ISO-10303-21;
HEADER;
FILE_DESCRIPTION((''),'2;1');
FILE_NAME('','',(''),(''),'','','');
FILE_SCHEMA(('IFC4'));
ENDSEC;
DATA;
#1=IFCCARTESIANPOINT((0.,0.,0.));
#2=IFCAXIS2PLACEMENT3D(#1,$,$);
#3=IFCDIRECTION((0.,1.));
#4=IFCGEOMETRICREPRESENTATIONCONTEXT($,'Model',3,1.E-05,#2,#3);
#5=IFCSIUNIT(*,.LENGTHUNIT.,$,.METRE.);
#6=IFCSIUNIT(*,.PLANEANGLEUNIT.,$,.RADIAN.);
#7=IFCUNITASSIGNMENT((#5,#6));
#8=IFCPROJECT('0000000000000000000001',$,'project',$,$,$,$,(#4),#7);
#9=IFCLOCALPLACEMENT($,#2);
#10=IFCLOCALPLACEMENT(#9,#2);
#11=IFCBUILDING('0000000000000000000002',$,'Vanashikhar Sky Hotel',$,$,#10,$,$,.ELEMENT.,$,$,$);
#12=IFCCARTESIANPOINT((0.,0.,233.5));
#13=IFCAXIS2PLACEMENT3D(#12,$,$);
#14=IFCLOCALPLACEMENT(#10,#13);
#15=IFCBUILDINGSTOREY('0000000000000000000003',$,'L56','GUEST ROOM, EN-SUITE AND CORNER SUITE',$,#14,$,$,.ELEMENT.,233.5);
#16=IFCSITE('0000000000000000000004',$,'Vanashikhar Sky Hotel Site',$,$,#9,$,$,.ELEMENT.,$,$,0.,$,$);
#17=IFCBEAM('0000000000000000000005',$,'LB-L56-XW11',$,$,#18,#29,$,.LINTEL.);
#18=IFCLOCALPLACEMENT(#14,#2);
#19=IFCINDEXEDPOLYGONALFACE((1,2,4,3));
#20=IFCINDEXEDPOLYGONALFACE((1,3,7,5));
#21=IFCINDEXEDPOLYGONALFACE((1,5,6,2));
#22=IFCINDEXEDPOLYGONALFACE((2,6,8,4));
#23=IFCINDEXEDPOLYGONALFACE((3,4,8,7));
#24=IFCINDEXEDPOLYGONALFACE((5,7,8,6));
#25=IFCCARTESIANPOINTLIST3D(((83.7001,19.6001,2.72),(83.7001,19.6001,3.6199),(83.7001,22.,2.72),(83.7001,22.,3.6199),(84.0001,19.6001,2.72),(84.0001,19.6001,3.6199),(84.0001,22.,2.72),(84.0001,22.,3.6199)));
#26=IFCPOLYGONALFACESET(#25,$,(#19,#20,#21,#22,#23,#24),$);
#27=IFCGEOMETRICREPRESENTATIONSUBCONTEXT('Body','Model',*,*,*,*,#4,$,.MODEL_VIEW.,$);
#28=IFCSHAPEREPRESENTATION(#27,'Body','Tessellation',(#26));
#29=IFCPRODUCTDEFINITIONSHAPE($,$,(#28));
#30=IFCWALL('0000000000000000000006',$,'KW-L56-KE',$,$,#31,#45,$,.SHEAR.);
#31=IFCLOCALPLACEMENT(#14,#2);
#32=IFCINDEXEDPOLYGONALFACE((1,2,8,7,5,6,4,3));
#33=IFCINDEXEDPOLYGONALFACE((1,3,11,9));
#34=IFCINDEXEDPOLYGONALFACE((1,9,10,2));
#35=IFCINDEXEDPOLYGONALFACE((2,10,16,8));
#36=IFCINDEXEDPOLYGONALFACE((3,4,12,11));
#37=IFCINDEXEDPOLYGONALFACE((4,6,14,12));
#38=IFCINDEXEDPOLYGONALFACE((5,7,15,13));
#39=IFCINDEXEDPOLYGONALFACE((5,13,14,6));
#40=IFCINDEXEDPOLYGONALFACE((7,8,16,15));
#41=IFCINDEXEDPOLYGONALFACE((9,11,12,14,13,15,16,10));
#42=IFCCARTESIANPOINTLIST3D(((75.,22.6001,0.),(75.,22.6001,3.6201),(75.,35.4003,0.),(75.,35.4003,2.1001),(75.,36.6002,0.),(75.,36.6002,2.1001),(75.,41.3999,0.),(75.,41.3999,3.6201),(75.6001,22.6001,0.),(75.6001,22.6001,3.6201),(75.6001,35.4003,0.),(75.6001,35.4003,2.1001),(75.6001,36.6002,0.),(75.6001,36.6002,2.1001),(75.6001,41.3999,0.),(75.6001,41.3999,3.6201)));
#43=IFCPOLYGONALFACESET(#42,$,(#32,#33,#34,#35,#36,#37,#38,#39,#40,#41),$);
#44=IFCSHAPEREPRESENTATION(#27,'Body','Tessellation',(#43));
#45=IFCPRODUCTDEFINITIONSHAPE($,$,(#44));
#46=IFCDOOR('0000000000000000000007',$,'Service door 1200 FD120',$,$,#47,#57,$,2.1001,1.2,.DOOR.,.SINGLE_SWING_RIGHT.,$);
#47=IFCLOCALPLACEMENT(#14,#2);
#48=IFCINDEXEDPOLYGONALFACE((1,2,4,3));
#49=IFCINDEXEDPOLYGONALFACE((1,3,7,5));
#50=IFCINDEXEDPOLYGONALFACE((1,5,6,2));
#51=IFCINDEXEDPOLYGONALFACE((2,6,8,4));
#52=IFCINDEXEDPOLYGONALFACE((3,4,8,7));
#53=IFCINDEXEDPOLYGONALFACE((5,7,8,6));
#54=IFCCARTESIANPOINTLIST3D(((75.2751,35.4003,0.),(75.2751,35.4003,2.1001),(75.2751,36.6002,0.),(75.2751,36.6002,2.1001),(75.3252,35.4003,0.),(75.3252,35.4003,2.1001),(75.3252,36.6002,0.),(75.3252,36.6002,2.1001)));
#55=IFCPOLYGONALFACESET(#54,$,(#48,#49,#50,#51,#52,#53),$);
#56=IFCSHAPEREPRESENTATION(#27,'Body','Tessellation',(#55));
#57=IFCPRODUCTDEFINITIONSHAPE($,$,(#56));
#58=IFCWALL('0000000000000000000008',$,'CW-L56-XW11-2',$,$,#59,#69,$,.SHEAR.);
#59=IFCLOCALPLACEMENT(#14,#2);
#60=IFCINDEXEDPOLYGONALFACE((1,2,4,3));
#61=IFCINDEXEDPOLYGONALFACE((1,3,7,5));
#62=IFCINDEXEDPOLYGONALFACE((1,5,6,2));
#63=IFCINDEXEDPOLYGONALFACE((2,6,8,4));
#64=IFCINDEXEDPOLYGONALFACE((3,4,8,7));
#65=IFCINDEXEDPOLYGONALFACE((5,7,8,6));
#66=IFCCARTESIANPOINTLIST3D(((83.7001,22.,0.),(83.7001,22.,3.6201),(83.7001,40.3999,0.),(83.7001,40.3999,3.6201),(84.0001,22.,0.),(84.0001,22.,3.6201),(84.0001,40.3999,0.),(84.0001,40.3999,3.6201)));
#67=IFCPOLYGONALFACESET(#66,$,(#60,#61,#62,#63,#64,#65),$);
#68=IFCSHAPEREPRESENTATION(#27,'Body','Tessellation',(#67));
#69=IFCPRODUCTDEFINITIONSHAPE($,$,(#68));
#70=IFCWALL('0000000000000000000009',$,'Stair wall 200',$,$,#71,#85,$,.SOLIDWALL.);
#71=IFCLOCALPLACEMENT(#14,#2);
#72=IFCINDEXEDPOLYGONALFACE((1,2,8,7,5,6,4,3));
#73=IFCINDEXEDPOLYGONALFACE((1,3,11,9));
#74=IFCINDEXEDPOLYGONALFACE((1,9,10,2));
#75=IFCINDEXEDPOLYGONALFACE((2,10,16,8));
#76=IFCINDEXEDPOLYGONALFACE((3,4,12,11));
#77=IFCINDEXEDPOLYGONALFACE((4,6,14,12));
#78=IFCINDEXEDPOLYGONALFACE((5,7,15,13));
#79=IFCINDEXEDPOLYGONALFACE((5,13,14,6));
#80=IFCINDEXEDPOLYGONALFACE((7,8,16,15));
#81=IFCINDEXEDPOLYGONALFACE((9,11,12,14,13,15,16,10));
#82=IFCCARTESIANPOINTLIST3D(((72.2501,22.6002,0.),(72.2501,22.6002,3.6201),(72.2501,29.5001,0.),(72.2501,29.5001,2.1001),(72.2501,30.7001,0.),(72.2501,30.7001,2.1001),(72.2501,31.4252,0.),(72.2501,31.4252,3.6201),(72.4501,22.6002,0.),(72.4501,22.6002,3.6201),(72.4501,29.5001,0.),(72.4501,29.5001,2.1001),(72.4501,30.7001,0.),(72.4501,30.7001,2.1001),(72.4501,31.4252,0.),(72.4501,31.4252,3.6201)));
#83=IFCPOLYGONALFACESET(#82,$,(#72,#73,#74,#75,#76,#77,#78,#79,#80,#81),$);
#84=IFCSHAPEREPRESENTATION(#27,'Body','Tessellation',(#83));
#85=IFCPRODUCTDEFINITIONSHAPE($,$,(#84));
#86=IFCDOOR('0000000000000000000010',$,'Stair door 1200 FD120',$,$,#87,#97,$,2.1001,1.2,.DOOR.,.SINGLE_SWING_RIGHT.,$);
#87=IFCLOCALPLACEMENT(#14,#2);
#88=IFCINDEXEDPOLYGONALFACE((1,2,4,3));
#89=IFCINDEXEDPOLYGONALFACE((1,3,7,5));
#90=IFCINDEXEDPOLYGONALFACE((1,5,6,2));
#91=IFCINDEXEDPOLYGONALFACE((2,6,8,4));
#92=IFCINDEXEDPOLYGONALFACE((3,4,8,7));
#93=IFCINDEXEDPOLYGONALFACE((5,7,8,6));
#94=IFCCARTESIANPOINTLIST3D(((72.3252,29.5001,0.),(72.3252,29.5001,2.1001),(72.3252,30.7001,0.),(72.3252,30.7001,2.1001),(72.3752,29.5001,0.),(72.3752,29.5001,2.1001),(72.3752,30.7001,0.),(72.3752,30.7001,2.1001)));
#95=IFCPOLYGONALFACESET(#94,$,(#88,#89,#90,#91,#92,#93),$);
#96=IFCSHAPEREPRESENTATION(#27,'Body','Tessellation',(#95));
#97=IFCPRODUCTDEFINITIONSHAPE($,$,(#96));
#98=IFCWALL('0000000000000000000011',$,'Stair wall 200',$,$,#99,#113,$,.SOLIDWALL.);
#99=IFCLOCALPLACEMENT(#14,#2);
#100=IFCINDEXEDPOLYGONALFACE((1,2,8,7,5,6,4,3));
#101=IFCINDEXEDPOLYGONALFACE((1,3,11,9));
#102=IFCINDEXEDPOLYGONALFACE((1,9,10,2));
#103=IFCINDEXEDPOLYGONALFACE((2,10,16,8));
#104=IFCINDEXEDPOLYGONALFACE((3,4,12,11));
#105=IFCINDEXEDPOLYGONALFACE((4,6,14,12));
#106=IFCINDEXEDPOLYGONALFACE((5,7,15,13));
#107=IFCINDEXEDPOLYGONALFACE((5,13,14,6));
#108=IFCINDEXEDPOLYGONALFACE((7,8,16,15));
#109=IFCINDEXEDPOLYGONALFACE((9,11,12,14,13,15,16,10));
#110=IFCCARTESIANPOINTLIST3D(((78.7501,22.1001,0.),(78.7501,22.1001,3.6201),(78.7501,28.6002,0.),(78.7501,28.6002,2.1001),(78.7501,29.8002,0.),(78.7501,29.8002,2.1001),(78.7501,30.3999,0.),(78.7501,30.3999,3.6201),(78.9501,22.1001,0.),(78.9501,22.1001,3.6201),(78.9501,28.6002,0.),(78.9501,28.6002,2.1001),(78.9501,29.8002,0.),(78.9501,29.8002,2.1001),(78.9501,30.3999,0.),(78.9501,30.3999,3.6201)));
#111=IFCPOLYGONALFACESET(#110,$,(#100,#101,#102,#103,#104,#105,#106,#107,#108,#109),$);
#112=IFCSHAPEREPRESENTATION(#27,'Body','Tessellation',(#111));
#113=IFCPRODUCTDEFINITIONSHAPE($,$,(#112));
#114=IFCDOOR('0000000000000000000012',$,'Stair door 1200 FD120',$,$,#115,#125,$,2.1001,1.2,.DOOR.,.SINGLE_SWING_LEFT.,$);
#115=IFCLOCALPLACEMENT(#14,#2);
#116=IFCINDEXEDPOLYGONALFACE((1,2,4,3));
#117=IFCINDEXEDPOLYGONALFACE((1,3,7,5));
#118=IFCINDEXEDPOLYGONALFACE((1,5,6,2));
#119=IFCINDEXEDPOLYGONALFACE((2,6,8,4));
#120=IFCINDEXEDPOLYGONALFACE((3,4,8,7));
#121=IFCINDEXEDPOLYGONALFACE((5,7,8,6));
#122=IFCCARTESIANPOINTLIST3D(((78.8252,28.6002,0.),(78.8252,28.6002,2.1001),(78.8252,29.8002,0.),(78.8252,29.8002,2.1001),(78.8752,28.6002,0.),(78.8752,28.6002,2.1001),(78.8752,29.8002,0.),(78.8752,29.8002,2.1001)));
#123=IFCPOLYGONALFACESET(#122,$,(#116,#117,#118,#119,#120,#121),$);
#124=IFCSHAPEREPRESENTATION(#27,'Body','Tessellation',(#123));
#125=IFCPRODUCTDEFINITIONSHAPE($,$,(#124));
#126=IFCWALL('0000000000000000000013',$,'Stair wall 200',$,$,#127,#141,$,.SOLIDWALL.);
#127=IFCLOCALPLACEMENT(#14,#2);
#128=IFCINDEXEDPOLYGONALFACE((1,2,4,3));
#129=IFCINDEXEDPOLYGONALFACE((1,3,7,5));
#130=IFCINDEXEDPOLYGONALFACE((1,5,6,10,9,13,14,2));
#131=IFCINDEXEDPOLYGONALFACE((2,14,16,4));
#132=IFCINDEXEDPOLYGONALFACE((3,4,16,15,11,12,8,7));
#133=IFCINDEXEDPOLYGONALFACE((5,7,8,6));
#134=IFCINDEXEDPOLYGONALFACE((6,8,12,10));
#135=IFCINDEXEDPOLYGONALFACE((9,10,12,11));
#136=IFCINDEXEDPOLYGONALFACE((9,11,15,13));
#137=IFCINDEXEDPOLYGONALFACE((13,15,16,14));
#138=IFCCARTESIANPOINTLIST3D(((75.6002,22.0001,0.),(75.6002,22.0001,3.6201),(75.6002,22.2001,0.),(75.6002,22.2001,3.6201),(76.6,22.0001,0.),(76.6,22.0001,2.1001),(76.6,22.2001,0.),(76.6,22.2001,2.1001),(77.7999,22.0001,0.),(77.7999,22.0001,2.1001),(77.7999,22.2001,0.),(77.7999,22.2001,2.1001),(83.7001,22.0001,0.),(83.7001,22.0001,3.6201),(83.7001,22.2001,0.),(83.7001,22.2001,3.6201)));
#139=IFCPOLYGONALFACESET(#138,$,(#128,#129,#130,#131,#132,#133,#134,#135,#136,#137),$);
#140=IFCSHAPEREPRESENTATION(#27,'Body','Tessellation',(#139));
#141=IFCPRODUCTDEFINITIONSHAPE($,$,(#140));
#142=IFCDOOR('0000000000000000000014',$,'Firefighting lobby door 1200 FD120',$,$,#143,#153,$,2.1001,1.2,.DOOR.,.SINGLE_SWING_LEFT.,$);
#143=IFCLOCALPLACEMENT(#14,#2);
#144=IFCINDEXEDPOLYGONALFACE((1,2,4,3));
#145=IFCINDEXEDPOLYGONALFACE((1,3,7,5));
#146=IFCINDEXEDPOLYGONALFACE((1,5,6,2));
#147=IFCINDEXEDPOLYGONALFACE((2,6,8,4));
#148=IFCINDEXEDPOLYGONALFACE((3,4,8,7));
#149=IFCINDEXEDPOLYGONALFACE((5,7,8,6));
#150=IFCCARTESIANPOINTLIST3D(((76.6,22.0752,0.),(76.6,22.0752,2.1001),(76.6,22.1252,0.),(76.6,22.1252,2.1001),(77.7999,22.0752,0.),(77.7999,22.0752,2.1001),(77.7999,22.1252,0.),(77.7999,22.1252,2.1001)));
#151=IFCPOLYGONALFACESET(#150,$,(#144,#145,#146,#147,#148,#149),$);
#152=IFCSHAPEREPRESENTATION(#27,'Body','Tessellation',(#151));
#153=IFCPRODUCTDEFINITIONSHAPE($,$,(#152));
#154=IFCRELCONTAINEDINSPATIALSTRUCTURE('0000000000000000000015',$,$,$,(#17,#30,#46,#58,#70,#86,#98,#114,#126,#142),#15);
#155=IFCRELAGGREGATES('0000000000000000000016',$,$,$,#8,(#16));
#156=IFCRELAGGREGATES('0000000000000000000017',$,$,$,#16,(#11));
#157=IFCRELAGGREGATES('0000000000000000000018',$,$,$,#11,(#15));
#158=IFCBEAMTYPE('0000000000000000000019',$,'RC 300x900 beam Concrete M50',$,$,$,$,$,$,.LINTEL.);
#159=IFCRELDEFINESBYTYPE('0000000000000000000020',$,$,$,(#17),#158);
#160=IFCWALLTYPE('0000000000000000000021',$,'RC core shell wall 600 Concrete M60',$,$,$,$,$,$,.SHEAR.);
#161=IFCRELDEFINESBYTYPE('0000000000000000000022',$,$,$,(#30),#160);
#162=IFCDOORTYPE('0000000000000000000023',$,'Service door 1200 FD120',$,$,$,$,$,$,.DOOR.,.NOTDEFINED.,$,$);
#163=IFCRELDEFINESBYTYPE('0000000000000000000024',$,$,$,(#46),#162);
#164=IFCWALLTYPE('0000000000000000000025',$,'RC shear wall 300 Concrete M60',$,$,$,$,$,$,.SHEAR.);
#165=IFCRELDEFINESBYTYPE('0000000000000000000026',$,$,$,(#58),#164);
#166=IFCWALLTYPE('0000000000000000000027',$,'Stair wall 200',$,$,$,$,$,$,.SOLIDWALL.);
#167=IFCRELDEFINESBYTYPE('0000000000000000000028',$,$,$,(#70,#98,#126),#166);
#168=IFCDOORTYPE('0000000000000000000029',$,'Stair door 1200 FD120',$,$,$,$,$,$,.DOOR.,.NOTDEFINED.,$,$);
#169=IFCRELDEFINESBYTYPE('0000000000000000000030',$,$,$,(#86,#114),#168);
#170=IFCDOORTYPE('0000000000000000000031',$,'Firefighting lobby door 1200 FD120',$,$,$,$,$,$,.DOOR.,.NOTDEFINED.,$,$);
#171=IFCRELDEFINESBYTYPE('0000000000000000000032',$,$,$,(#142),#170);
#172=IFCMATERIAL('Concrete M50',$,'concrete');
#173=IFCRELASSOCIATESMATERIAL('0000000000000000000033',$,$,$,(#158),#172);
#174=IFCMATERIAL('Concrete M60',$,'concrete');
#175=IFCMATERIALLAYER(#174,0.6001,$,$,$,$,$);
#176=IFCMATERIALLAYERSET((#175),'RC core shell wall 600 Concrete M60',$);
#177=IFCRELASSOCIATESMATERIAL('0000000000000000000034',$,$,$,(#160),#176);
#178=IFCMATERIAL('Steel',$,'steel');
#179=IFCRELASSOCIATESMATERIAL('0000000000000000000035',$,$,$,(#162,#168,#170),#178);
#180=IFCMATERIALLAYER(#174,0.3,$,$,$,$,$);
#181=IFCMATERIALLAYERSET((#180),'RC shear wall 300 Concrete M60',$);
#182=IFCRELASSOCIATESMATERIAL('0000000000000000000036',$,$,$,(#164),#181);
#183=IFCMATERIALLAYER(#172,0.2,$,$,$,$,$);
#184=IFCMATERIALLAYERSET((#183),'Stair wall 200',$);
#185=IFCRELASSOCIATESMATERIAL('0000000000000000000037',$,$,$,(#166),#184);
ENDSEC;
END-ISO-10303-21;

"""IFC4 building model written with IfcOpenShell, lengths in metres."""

from ifc_helpers import new_model, si_unit, direction, frame, frame_2d, origin, origin_2d, place, context, subcontext, project, spatial, rectangle, extrude, source, transform, mapped, material, layer, layer_set, material_profile, profile_set, type_object, element, fill, save


model = new_model("IFC4")

# Units and contexts
model_context = context("Model", 3, precision=1e-05, world=origin(), true_north=direction((0.0, 1.0)))
body_context = subcontext(model_context, "Body", "Model", "MODEL_VIEW")
ifc_project = project(units=[si_unit("LENGTHUNIT", "METRE"), si_unit("PLANEANGLEUNIT", "RADIAN")], contexts=[model_context])

# Site, building, storey
site_placement = place(None, origin())
site = spatial("IfcSite", under=ifc_project, at=site_placement, Name="Vanashikhar Sky Hotel Site", CompositionType="ELEMENT", RefElevation=0.0)
building_placement = place(site_placement, origin())
building = spatial("IfcBuilding", under=site, at=building_placement, Name="Vanashikhar Sky Hotel", CompositionType="ELEMENT")
storey_placement = place(building_placement, frame((0.0, 0.0, 233.5)))
storey = spatial("IfcBuildingStorey", under=building, at=storey_placement, Name="L56", Description="GUEST ROOM, EN-SUITE AND CORNER SUITE", CompositionType="ELEMENT", Elevation=233.5)

# Beam
ifc_material_1 = material(Name="Concrete M50", Category="concrete")
ifc_material_profile = material_profile(ifc_material_1, rectangle(XDim=0.3, YDim=0.8999, at=origin_2d()))
ifc_profile_set = profile_set([ifc_material_profile], Name="RC 300x900 beam Concrete M50")
beam_type = type_object("IfcBeamType", Name="RC 300x900 beam Concrete M50", PredefinedType="LINTEL", material=ifc_profile_set)
shared_shape_1 = source(origin(), body_context, "Body", "SweptSolid", [
    extrude(rectangle(XDim=0.3, YDim=0.8999, at=origin_2d()), origin(), (0.0, 0.0, 1.0), 2.3999),
])
beam_placement = place(storey_placement, frame((83.8501, 19.6001, 3.1699), z_axis=(0.0, 1.0, 0.0), x_axis=(-1.0, 0.0, 0.0)))
element("IfcBeam", 1, at=beam_placement, inside=storey, type_object=beam_type, Name="LB-L56-XW11", PredefinedType="LINTEL", context=body_context, shape_type="MappedRepresentation", body=[
    mapped(shared_shape_1, transform((0.0, 0.0, 0.0), scale=1.0)),
])

# Wall, opening, door
ifc_material_2 = material(Name="Concrete M60", Category="concrete")
ifc_layer_1 = layer(ifc_material_2, 0.6001)
ifc_layer_set_1 = layer_set([ifc_layer_1], Name="RC core shell wall 600 Concrete M60")
wall_type_1 = type_object("IfcWallType", Name="RC core shell wall 600 Concrete M60", PredefinedType="SHEAR", material=ifc_layer_set_1)
shared_shape_2 = source(origin(), body_context, "Body", "SweptSolid", [
    extrude(rectangle(XDim=18.7998, YDim=0.6001, at=frame_2d((9.3999, 0.0))), origin(), (0.0, 0.0, 1.0), 3.6201),
])
wall_1_placement = place(storey_placement, frame((75.3, 22.6001, 0.0), z_axis=(0.0, 0.0, 1.0), x_axis=(0.0, 1.0, 0.0)))
wall_1 = element("IfcWall", 2, at=wall_1_placement, inside=storey, type_object=wall_type_1, Name="KW-L56-KE", PredefinedType="SHEAR", context=body_context, shape_type="MappedRepresentation", body=[
    mapped(shared_shape_2, transform((0.0, 0.0, 0.0), scale=1.0)),
])
shared_shape_3 = source(origin(), body_context, "Body", "SweptSolid", [
    extrude(rectangle(XDim=1.2, YDim=2.1001, at=frame_2d((0.6001, 1.05))), frame((0.0, 0.3101, 0.0), z_axis=(0.0, -1.0, 0.0), x_axis=(1.0, 0.0, 0.0)), (0.0, 0.0, 1.0), 0.6201),
])
opening_1_placement = place(wall_1_placement, frame((12.8, 0.0, 0.0)))
opening_1 = element("IfcOpeningElement", 3, at=opening_1_placement, cuts=wall_1, PredefinedType="OPENING", context=body_context, shape_type="MappedRepresentation", body=[
    mapped(shared_shape_3, transform((0.0, 0.0, 0.0), scale=1.0)),
])
ifc_material_3 = material(Name="Steel", Category="steel")
door_type_1 = type_object("IfcDoorType", Name="Service door 1200 FD120", OperationType="NOTDEFINED", PredefinedType="DOOR", material=ifc_material_3)
shared_shape_4 = source(origin(), body_context, "Body", "SweptSolid", [
    extrude(rectangle(XDim=1.2, YDim=2.1001, at=frame_2d((0.6001, 1.05))), frame((0.0, 0.0249, 0.0), z_axis=(0.0, -1.0, 0.0), x_axis=(1.0, 0.0, 0.0)), (0.0, 0.0, 1.0), 0.05),
])
door_1_placement = place(opening_1_placement, origin())
door_1 = element("IfcDoor", 4, at=door_1_placement, inside=storey, type_object=door_type_1, Name="Service door 1200 FD120", OperationType="SINGLE_SWING_RIGHT", OverallHeight=2.1001, OverallWidth=1.2, PredefinedType="DOOR", context=body_context, shape_type="MappedRepresentation", body=[
    mapped(shared_shape_4, transform((0.0, 0.0, 0.0), scale=1.0)),
])
fill(opening_1, door_1)

# Wall
ifc_layer_2 = layer(ifc_material_2, 0.3)
ifc_layer_set_2 = layer_set([ifc_layer_2], Name="RC shear wall 300 Concrete M60")
wall_type_2 = type_object("IfcWallType", Name="RC shear wall 300 Concrete M60", PredefinedType="SHEAR", material=ifc_layer_set_2)
shared_shape_5 = source(origin(), body_context, "Body", "SweptSolid", [
    extrude(rectangle(XDim=18.3999, YDim=0.3, at=frame_2d((9.2, 0.0))), origin(), (0.0, 0.0, 1.0), 3.6201),
])
wall_2_placement = place(storey_placement, frame((83.8501, 22.0, 0.0), z_axis=(0.0, 0.0, 1.0), x_axis=(0.0, 1.0, 0.0)))
element("IfcWall", 5, at=wall_2_placement, inside=storey, type_object=wall_type_2, Name="CW-L56-XW11-2", PredefinedType="SHEAR", context=body_context, shape_type="MappedRepresentation", body=[
    mapped(shared_shape_5, transform((0.0, 0.0, 0.0), scale=1.0)),
])

# Walls, openings, doors
ifc_layer_3 = layer(ifc_material_1, 0.2)
ifc_layer_set_3 = layer_set([ifc_layer_3], Name="Stair wall 200")
wall_type_3 = type_object("IfcWallType", Name="Stair wall 200", PredefinedType="SOLIDWALL", material=ifc_layer_set_3)
shared_shape_6 = source(origin(), body_context, "Body", "SweptSolid", [
    extrude(rectangle(XDim=8.825, YDim=0.2, at=frame_2d((4.4126, 0.0))), origin(), (0.0, 0.0, 1.0), 3.6201),
])
wall_3_placement = place(storey_placement, frame((72.3501, 22.6001, 0.0), z_axis=(0.0, 0.0, 1.0), x_axis=(0.0, 1.0, 0.0)))
wall_3 = element("IfcWall", 6, at=wall_3_placement, inside=storey, type_object=wall_type_3, Name="Stair wall 200", PredefinedType="SOLIDWALL", context=body_context, shape_type="MappedRepresentation", body=[
    mapped(shared_shape_6, transform((0.0, 0.0, 0.0), scale=1.0)),
])
shared_shape_7 = source(origin(), body_context, "Body", "SweptSolid", [
    extrude(rectangle(XDim=1.2, YDim=2.1001, at=frame_2d((0.6001, 1.05))), frame((0.0, 0.1099, 0.0), z_axis=(0.0, -1.0, 0.0), x_axis=(1.0, 0.0, 0.0)), (0.0, 0.0, 1.0), 0.22),
])
opening_2_placement = place(wall_3_placement, frame((6.8999, 0.0, 0.0)))
opening_2 = element("IfcOpeningElement", 7, at=opening_2_placement, cuts=wall_3, PredefinedType="OPENING", context=body_context, shape_type="MappedRepresentation", body=[
    mapped(shared_shape_7, transform((0.0, 0.0, 0.0), scale=1.0)),
])
door_type_2 = type_object("IfcDoorType", Name="Stair door 1200 FD120", OperationType="NOTDEFINED", PredefinedType="DOOR", material=ifc_material_3)
door_2_placement = place(opening_2_placement, origin())
door_2 = element("IfcDoor", 8, at=door_2_placement, inside=storey, type_object=door_type_2, Name="Stair door 1200 FD120", OperationType="SINGLE_SWING_RIGHT", OverallHeight=2.1001, OverallWidth=1.2, PredefinedType="DOOR", context=body_context, shape_type="MappedRepresentation", body=[
    mapped(shared_shape_4, transform((0.0, 0.0, 0.0), scale=1.0)),
])
fill(opening_2, door_2)
shared_shape_8 = source(origin(), body_context, "Body", "SweptSolid", [
    extrude(rectangle(XDim=8.2998, YDim=0.2, at=frame_2d((4.1499, 0.0))), origin(), (0.0, 0.0, 1.0), 3.6201),
])
wall_4_placement = place(storey_placement, frame((78.8501, 22.1001, 0.0), z_axis=(0.0, 0.0, 1.0), x_axis=(0.0, 1.0, 0.0)))
wall_4 = element("IfcWall", 9, at=wall_4_placement, inside=storey, type_object=wall_type_3, Name="Stair wall 200", PredefinedType="SOLIDWALL", context=body_context, shape_type="MappedRepresentation", body=[
    mapped(shared_shape_8, transform((0.0, 0.0, 0.0), scale=1.0)),
])
opening_3_placement = place(wall_4_placement, frame((6.5, 0.0, 0.0)))
opening_3 = element("IfcOpeningElement", 10, at=opening_3_placement, cuts=wall_4, PredefinedType="OPENING", context=body_context, shape_type="MappedRepresentation", body=[
    mapped(shared_shape_7, transform((0.0, 0.0, 0.0), scale=1.0)),
])
door_3_placement = place(opening_3_placement, origin())
door_3 = element("IfcDoor", 11, at=door_3_placement, inside=storey, type_object=door_type_2, Name="Stair door 1200 FD120", OperationType="SINGLE_SWING_LEFT", OverallHeight=2.1001, OverallWidth=1.2, PredefinedType="DOOR", context=body_context, shape_type="MappedRepresentation", body=[
    mapped(shared_shape_4, transform((0.0, 0.0, 0.0), scale=1.0)),
])
fill(opening_3, door_3)
shared_shape_9 = source(origin(), body_context, "Body", "SweptSolid", [
    extrude(rectangle(XDim=8.0999, YDim=0.2, at=frame_2d((4.0498, 0.0))), origin(), (0.0, 0.0, 1.0), 3.6201),
])
wall_5_placement = place(storey_placement, frame((83.7, 22.1001, 0.0), z_axis=(0.0, 0.0, 1.0), x_axis=(-1.0, 0.0, 0.0)))
wall_5 = element("IfcWall", 12, at=wall_5_placement, inside=storey, type_object=wall_type_3, Name="Stair wall 200", PredefinedType="SOLIDWALL", context=body_context, shape_type="MappedRepresentation", body=[
    mapped(shared_shape_9, transform((0.0, 0.0, 0.0), scale=1.0)),
])
opening_4_placement = place(wall_5_placement, frame((5.8999, 0.0, 0.0)))
opening_4 = element("IfcOpeningElement", 13, at=opening_4_placement, cuts=wall_5, PredefinedType="OPENING", context=body_context, shape_type="MappedRepresentation", body=[
    mapped(shared_shape_7, transform((0.0, 0.0, 0.0), scale=1.0)),
])
door_type_3 = type_object("IfcDoorType", Name="Firefighting lobby door 1200 FD120", OperationType="NOTDEFINED", PredefinedType="DOOR", material=ifc_material_3)
door_4_placement = place(opening_4_placement, origin())
door_4 = element("IfcDoor", 14, at=door_4_placement, inside=storey, type_object=door_type_3, Name="Firefighting lobby door 1200 FD120", OperationType="SINGLE_SWING_LEFT", OverallHeight=2.1001, OverallWidth=1.2, PredefinedType="DOOR", context=body_context, shape_type="MappedRepresentation", body=[
    mapped(shared_shape_4, transform((0.0, 0.0, 0.0), scale=1.0)),
])
fill(opening_4, door_4)

save(model, "model.ifc")
